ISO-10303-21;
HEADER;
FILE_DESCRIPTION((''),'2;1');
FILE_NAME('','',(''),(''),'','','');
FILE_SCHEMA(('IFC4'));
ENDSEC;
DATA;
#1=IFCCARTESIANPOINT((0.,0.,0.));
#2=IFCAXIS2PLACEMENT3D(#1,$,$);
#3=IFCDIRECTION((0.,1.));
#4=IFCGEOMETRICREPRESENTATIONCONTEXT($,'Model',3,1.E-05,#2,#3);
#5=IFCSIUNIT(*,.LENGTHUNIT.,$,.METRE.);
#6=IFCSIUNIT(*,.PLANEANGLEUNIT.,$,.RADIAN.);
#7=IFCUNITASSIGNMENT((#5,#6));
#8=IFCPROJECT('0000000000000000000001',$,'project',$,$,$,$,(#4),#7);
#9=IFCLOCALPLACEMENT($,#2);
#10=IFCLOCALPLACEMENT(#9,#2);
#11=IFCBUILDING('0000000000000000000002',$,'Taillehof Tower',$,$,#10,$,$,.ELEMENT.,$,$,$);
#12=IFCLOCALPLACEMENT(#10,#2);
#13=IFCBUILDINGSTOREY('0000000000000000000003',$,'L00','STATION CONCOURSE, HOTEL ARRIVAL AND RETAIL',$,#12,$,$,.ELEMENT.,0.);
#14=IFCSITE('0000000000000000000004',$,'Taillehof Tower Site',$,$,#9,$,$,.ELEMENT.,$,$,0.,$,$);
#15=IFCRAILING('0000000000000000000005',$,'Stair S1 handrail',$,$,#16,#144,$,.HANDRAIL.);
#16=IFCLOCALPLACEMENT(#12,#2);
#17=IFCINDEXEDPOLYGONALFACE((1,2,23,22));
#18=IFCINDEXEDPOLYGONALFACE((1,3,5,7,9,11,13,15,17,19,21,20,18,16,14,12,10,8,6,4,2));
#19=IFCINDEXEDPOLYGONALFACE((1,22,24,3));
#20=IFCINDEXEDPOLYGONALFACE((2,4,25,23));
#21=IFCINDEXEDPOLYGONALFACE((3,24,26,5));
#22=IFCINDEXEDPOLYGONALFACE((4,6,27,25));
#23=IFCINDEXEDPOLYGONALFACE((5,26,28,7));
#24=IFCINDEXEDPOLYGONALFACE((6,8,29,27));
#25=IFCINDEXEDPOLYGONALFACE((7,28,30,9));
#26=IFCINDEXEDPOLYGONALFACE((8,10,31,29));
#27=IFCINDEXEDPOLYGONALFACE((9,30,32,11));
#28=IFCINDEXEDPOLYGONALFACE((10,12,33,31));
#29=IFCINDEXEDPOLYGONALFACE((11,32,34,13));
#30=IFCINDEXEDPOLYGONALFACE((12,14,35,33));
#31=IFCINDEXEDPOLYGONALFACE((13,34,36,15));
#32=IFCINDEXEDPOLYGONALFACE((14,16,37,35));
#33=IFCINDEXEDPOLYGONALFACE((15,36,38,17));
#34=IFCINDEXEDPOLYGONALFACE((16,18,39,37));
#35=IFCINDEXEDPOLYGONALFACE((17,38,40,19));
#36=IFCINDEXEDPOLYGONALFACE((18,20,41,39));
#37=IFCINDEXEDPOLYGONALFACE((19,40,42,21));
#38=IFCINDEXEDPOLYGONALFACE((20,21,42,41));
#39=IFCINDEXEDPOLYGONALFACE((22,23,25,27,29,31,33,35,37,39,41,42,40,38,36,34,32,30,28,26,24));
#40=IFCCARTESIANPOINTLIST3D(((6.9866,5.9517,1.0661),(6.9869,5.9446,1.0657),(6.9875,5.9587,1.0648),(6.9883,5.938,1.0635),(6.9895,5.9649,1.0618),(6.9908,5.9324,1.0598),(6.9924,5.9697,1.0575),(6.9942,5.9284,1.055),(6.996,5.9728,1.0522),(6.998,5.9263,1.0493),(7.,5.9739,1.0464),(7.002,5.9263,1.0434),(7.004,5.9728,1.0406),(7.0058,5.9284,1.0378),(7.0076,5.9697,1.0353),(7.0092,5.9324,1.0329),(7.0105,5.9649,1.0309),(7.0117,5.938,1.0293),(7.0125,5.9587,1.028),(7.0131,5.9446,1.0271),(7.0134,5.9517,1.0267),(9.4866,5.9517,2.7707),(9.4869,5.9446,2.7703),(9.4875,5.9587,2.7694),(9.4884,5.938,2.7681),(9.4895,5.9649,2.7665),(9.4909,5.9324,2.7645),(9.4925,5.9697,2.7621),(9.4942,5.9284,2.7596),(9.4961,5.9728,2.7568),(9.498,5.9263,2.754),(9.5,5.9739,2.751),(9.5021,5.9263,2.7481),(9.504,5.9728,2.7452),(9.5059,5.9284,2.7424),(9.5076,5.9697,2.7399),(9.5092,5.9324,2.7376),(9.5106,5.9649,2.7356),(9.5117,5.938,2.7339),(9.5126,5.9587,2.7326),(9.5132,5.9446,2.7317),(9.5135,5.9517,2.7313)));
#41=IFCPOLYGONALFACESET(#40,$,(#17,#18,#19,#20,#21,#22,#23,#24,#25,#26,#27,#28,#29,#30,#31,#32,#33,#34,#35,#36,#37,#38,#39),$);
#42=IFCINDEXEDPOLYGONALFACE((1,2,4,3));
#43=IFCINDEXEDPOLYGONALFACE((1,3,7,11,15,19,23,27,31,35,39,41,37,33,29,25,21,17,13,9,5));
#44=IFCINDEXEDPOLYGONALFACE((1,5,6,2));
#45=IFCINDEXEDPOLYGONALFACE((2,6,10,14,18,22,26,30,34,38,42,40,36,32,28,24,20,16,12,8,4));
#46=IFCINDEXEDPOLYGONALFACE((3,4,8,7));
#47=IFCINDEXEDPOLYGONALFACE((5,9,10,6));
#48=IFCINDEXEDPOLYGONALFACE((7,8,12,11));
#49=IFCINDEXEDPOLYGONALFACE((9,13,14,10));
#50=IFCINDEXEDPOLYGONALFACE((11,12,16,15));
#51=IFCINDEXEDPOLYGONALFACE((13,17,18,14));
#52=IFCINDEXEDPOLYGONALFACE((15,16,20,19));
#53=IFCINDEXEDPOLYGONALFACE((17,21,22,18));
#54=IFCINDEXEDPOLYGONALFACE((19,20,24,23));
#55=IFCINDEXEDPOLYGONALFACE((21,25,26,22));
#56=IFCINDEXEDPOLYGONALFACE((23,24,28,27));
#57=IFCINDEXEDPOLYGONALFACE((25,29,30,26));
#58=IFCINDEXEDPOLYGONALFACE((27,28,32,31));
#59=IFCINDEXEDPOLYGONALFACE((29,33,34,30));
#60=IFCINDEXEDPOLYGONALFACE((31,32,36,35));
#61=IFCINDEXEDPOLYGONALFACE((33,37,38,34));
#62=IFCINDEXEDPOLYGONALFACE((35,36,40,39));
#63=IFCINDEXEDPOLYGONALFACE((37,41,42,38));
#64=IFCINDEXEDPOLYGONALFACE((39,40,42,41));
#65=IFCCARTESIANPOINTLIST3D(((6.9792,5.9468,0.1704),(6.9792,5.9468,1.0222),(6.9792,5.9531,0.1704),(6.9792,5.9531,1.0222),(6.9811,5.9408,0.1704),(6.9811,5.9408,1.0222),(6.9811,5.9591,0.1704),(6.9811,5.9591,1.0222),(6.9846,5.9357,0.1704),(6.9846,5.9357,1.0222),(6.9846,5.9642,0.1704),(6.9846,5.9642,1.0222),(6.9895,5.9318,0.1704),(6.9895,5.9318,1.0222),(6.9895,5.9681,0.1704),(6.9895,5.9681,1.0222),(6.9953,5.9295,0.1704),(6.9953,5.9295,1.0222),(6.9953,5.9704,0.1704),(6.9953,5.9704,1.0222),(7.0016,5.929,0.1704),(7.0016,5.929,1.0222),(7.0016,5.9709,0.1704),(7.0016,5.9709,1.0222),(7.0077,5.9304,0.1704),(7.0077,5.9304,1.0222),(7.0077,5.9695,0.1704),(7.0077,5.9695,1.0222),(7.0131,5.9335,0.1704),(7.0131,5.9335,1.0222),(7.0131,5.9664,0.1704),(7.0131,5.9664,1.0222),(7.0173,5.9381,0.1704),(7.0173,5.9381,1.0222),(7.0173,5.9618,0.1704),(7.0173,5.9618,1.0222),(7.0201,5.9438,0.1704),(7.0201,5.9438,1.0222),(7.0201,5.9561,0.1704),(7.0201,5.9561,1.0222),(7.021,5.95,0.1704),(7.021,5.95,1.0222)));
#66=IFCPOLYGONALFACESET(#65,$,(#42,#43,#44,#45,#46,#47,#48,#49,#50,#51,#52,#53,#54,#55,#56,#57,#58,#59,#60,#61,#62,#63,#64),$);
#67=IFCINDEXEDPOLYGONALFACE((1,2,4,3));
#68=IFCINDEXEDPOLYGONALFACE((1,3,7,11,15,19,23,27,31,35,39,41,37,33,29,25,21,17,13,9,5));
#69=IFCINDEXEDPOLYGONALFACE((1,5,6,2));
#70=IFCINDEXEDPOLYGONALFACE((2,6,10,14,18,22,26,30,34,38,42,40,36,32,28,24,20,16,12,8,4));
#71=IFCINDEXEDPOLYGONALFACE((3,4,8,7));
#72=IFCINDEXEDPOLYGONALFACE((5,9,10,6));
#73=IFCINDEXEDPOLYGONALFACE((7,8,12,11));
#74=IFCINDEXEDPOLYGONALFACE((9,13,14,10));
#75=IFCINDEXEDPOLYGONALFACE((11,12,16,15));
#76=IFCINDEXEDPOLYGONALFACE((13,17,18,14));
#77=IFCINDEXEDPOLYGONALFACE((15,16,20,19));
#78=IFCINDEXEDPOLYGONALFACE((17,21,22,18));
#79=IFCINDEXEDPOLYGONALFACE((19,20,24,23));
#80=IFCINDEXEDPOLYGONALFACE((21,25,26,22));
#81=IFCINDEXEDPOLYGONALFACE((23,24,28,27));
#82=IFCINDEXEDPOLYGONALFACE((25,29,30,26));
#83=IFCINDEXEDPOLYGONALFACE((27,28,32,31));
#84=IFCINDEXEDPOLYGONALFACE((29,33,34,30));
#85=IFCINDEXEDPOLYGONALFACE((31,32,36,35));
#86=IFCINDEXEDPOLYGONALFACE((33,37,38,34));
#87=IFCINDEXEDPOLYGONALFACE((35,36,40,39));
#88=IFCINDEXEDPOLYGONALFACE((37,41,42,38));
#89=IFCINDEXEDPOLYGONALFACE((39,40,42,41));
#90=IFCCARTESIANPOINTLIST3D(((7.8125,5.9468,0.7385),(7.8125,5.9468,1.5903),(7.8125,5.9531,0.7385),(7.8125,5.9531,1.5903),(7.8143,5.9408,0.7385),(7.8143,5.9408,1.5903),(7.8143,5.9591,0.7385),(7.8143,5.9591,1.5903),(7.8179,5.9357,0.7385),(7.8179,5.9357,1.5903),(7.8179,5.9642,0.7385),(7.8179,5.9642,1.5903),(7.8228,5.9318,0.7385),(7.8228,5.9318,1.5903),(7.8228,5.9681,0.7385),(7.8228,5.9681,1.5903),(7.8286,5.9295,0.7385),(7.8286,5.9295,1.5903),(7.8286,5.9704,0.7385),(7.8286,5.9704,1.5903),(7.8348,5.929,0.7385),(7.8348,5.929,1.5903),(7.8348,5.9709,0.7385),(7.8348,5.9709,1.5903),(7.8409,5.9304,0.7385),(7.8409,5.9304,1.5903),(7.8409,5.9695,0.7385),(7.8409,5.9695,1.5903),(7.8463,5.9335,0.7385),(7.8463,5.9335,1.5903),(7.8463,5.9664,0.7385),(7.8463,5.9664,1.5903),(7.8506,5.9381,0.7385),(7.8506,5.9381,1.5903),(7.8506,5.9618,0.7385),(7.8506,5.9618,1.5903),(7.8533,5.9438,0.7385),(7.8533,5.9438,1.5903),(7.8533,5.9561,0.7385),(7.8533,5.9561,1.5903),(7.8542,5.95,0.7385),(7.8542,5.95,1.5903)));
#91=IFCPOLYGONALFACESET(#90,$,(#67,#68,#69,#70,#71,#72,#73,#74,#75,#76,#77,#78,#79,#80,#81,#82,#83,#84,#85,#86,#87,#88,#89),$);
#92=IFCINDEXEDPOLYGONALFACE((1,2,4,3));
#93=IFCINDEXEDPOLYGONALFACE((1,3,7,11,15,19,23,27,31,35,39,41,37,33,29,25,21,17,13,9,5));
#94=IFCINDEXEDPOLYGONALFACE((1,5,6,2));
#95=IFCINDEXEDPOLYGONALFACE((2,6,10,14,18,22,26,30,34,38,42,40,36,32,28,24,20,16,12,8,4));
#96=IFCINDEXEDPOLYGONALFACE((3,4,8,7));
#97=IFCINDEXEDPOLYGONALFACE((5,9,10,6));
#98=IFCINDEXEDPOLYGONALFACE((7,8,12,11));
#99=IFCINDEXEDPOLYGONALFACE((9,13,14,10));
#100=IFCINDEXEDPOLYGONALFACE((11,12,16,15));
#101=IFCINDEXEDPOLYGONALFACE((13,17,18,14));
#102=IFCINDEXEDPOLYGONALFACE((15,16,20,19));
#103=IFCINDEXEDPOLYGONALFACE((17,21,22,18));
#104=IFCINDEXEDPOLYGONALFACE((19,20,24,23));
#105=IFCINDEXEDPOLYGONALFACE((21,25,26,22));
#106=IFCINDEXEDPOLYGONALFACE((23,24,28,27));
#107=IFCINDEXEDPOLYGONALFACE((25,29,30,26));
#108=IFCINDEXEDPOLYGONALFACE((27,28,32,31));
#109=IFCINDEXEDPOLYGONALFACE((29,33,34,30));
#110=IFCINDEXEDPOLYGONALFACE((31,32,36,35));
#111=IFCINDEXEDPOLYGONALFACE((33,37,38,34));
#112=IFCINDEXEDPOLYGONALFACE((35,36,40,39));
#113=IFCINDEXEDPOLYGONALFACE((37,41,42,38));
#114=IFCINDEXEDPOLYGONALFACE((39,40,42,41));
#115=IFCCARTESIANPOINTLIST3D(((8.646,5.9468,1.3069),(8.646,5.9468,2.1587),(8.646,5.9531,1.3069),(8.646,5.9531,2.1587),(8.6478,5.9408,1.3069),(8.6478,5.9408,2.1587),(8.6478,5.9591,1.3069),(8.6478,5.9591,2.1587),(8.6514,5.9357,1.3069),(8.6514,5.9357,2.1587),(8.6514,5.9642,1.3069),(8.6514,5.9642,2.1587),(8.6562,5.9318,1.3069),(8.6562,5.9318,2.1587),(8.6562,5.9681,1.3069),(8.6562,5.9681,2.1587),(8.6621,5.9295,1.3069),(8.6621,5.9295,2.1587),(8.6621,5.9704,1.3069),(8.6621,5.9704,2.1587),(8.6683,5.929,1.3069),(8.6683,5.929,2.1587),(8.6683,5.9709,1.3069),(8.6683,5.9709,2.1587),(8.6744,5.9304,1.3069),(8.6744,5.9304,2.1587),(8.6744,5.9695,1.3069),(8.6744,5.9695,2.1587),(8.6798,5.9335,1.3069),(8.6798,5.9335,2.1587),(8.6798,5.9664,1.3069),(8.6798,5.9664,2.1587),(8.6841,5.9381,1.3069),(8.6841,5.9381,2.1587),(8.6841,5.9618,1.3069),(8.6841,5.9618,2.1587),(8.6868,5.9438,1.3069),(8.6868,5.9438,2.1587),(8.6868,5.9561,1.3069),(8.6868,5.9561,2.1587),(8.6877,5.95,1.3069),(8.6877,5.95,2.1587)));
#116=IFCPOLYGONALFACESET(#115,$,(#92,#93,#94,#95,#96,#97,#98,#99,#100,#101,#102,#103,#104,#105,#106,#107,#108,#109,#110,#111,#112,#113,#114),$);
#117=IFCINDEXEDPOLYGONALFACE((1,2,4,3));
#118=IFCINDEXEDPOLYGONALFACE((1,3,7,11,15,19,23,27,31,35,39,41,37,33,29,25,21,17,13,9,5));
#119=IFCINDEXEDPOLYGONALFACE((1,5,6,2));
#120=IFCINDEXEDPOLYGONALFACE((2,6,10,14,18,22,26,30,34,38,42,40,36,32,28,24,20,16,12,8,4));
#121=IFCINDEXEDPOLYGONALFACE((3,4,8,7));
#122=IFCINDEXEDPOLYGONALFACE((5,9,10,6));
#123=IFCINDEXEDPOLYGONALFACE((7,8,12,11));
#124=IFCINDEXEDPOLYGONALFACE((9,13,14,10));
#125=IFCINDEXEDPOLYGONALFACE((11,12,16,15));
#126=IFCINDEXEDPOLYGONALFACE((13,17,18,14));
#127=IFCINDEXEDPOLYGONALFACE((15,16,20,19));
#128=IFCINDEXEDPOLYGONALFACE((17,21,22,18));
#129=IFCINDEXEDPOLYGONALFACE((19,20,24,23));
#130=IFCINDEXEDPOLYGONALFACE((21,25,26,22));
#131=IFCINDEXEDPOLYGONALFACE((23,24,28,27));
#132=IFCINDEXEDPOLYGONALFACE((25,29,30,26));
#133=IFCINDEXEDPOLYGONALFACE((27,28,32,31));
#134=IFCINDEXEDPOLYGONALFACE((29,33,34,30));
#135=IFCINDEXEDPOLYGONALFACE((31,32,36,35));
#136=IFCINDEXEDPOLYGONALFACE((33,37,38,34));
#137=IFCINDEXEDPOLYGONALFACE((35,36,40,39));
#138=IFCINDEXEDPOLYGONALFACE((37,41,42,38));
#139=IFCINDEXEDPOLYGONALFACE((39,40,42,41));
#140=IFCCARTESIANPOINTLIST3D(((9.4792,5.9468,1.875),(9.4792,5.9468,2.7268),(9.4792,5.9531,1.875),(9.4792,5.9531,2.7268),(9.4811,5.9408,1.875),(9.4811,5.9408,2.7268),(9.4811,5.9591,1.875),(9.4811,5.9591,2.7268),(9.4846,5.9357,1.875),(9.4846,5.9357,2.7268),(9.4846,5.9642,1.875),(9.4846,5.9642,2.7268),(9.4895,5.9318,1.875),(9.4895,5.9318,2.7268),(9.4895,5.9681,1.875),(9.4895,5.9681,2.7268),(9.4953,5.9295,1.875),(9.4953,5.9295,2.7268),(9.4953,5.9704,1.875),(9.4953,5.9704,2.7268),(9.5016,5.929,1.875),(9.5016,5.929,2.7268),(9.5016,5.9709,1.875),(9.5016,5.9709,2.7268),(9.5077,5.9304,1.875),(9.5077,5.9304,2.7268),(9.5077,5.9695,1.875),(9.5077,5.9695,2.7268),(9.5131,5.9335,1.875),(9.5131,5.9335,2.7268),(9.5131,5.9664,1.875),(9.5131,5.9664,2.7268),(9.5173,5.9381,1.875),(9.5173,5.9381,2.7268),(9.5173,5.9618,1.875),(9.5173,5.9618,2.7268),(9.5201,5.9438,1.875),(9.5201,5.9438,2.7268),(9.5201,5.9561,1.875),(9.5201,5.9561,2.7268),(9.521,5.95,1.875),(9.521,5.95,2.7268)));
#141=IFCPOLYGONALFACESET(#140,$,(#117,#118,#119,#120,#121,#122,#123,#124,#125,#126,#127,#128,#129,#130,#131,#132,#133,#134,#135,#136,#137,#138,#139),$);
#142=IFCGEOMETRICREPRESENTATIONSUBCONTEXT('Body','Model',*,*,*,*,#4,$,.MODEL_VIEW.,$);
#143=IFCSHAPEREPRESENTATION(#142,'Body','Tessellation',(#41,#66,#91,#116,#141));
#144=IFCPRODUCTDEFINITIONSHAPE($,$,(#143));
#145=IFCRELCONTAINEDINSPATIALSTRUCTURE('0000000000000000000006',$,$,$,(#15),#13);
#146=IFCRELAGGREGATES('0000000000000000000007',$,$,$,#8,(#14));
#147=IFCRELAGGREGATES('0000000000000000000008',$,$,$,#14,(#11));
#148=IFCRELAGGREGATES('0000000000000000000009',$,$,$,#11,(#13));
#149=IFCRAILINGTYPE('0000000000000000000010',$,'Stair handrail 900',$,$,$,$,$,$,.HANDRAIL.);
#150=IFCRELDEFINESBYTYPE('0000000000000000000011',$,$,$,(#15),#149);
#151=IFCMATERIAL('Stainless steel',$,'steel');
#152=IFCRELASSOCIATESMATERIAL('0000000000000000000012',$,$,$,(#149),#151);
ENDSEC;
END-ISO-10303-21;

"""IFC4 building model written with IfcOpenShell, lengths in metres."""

from ifc_helpers import new_model, si_unit, direction, frame, origin, origin_2d, place, context, subcontext, project, spatial, circle, extrude, material, type_object, element, save


model = new_model("IFC4")

# Units and contexts
model_context = context("Model", 3, precision=1e-05, world=origin(), true_north=direction((0.0, 1.0)))
body_context = subcontext(model_context, "Body", "Model", "MODEL_VIEW")
ifc_project = project(units=[si_unit("LENGTHUNIT", "METRE"), si_unit("PLANEANGLEUNIT", "RADIAN")], contexts=[model_context])

# Site, building, storey
site_placement = place(None, origin())
site = spatial("IfcSite", under=ifc_project, at=site_placement, Name="Taillehof Tower Site", CompositionType="ELEMENT", RefElevation=0.0)
building_placement = place(site_placement, origin())
building = spatial("IfcBuilding", under=site, at=building_placement, Name="Taillehof Tower", CompositionType="ELEMENT")
storey_placement = place(building_placement, origin())
storey = spatial("IfcBuildingStorey", under=building, at=storey_placement, Name="L00", Description="STATION CONCOURSE, HOTEL ARRIVAL AND RETAIL", CompositionType="ELEMENT", Elevation=0.0)

# Railing
ifc_material_1 = material(Name="Stainless steel", Category="steel")
railing_type = type_object("IfcRailingType", Name="Stair handrail 900", PredefinedType="HANDRAIL", material=ifc_material_1)
for number, where, name in (
    (1, (7.0, 5.95, 0.1704), "Stair S1 handrail"),
):
    element("IfcRailing", number, at=place(storey_placement, frame(where)), inside=storey, type_object=railing_type, Name=name, PredefinedType="HANDRAIL", context=body_context, shape_type="SweptSolid", body=[
        extrude(circle(Radius=0.0239, at=origin_2d()), frame((0.0, 0.0, 0.876), z_axis=(0.826221, 0.0, 0.563347), x_axis=(0.0, 1.0, 0.0)), (0.0, 0.0, 1.0), 3.0259),
        extrude(circle(Radius=0.021, at=origin_2d()), origin(), (0.0, 0.0, 1.0), 0.8518),
        extrude(circle(Radius=0.021, at=origin_2d()), frame((0.8333, 0.0, 0.5681)), (0.0, 0.0, 1.0), 0.8518),
        extrude(circle(Radius=0.021, at=origin_2d()), frame((1.6667, 0.0, 1.1365)), (0.0, 0.0, 1.0), 0.8518),
        extrude(circle(Radius=0.021, at=origin_2d()), frame((2.5, 0.0, 1.7046)), (0.0, 0.0, 1.0), 0.8518),
    ])

save(model, "model.ifc")
